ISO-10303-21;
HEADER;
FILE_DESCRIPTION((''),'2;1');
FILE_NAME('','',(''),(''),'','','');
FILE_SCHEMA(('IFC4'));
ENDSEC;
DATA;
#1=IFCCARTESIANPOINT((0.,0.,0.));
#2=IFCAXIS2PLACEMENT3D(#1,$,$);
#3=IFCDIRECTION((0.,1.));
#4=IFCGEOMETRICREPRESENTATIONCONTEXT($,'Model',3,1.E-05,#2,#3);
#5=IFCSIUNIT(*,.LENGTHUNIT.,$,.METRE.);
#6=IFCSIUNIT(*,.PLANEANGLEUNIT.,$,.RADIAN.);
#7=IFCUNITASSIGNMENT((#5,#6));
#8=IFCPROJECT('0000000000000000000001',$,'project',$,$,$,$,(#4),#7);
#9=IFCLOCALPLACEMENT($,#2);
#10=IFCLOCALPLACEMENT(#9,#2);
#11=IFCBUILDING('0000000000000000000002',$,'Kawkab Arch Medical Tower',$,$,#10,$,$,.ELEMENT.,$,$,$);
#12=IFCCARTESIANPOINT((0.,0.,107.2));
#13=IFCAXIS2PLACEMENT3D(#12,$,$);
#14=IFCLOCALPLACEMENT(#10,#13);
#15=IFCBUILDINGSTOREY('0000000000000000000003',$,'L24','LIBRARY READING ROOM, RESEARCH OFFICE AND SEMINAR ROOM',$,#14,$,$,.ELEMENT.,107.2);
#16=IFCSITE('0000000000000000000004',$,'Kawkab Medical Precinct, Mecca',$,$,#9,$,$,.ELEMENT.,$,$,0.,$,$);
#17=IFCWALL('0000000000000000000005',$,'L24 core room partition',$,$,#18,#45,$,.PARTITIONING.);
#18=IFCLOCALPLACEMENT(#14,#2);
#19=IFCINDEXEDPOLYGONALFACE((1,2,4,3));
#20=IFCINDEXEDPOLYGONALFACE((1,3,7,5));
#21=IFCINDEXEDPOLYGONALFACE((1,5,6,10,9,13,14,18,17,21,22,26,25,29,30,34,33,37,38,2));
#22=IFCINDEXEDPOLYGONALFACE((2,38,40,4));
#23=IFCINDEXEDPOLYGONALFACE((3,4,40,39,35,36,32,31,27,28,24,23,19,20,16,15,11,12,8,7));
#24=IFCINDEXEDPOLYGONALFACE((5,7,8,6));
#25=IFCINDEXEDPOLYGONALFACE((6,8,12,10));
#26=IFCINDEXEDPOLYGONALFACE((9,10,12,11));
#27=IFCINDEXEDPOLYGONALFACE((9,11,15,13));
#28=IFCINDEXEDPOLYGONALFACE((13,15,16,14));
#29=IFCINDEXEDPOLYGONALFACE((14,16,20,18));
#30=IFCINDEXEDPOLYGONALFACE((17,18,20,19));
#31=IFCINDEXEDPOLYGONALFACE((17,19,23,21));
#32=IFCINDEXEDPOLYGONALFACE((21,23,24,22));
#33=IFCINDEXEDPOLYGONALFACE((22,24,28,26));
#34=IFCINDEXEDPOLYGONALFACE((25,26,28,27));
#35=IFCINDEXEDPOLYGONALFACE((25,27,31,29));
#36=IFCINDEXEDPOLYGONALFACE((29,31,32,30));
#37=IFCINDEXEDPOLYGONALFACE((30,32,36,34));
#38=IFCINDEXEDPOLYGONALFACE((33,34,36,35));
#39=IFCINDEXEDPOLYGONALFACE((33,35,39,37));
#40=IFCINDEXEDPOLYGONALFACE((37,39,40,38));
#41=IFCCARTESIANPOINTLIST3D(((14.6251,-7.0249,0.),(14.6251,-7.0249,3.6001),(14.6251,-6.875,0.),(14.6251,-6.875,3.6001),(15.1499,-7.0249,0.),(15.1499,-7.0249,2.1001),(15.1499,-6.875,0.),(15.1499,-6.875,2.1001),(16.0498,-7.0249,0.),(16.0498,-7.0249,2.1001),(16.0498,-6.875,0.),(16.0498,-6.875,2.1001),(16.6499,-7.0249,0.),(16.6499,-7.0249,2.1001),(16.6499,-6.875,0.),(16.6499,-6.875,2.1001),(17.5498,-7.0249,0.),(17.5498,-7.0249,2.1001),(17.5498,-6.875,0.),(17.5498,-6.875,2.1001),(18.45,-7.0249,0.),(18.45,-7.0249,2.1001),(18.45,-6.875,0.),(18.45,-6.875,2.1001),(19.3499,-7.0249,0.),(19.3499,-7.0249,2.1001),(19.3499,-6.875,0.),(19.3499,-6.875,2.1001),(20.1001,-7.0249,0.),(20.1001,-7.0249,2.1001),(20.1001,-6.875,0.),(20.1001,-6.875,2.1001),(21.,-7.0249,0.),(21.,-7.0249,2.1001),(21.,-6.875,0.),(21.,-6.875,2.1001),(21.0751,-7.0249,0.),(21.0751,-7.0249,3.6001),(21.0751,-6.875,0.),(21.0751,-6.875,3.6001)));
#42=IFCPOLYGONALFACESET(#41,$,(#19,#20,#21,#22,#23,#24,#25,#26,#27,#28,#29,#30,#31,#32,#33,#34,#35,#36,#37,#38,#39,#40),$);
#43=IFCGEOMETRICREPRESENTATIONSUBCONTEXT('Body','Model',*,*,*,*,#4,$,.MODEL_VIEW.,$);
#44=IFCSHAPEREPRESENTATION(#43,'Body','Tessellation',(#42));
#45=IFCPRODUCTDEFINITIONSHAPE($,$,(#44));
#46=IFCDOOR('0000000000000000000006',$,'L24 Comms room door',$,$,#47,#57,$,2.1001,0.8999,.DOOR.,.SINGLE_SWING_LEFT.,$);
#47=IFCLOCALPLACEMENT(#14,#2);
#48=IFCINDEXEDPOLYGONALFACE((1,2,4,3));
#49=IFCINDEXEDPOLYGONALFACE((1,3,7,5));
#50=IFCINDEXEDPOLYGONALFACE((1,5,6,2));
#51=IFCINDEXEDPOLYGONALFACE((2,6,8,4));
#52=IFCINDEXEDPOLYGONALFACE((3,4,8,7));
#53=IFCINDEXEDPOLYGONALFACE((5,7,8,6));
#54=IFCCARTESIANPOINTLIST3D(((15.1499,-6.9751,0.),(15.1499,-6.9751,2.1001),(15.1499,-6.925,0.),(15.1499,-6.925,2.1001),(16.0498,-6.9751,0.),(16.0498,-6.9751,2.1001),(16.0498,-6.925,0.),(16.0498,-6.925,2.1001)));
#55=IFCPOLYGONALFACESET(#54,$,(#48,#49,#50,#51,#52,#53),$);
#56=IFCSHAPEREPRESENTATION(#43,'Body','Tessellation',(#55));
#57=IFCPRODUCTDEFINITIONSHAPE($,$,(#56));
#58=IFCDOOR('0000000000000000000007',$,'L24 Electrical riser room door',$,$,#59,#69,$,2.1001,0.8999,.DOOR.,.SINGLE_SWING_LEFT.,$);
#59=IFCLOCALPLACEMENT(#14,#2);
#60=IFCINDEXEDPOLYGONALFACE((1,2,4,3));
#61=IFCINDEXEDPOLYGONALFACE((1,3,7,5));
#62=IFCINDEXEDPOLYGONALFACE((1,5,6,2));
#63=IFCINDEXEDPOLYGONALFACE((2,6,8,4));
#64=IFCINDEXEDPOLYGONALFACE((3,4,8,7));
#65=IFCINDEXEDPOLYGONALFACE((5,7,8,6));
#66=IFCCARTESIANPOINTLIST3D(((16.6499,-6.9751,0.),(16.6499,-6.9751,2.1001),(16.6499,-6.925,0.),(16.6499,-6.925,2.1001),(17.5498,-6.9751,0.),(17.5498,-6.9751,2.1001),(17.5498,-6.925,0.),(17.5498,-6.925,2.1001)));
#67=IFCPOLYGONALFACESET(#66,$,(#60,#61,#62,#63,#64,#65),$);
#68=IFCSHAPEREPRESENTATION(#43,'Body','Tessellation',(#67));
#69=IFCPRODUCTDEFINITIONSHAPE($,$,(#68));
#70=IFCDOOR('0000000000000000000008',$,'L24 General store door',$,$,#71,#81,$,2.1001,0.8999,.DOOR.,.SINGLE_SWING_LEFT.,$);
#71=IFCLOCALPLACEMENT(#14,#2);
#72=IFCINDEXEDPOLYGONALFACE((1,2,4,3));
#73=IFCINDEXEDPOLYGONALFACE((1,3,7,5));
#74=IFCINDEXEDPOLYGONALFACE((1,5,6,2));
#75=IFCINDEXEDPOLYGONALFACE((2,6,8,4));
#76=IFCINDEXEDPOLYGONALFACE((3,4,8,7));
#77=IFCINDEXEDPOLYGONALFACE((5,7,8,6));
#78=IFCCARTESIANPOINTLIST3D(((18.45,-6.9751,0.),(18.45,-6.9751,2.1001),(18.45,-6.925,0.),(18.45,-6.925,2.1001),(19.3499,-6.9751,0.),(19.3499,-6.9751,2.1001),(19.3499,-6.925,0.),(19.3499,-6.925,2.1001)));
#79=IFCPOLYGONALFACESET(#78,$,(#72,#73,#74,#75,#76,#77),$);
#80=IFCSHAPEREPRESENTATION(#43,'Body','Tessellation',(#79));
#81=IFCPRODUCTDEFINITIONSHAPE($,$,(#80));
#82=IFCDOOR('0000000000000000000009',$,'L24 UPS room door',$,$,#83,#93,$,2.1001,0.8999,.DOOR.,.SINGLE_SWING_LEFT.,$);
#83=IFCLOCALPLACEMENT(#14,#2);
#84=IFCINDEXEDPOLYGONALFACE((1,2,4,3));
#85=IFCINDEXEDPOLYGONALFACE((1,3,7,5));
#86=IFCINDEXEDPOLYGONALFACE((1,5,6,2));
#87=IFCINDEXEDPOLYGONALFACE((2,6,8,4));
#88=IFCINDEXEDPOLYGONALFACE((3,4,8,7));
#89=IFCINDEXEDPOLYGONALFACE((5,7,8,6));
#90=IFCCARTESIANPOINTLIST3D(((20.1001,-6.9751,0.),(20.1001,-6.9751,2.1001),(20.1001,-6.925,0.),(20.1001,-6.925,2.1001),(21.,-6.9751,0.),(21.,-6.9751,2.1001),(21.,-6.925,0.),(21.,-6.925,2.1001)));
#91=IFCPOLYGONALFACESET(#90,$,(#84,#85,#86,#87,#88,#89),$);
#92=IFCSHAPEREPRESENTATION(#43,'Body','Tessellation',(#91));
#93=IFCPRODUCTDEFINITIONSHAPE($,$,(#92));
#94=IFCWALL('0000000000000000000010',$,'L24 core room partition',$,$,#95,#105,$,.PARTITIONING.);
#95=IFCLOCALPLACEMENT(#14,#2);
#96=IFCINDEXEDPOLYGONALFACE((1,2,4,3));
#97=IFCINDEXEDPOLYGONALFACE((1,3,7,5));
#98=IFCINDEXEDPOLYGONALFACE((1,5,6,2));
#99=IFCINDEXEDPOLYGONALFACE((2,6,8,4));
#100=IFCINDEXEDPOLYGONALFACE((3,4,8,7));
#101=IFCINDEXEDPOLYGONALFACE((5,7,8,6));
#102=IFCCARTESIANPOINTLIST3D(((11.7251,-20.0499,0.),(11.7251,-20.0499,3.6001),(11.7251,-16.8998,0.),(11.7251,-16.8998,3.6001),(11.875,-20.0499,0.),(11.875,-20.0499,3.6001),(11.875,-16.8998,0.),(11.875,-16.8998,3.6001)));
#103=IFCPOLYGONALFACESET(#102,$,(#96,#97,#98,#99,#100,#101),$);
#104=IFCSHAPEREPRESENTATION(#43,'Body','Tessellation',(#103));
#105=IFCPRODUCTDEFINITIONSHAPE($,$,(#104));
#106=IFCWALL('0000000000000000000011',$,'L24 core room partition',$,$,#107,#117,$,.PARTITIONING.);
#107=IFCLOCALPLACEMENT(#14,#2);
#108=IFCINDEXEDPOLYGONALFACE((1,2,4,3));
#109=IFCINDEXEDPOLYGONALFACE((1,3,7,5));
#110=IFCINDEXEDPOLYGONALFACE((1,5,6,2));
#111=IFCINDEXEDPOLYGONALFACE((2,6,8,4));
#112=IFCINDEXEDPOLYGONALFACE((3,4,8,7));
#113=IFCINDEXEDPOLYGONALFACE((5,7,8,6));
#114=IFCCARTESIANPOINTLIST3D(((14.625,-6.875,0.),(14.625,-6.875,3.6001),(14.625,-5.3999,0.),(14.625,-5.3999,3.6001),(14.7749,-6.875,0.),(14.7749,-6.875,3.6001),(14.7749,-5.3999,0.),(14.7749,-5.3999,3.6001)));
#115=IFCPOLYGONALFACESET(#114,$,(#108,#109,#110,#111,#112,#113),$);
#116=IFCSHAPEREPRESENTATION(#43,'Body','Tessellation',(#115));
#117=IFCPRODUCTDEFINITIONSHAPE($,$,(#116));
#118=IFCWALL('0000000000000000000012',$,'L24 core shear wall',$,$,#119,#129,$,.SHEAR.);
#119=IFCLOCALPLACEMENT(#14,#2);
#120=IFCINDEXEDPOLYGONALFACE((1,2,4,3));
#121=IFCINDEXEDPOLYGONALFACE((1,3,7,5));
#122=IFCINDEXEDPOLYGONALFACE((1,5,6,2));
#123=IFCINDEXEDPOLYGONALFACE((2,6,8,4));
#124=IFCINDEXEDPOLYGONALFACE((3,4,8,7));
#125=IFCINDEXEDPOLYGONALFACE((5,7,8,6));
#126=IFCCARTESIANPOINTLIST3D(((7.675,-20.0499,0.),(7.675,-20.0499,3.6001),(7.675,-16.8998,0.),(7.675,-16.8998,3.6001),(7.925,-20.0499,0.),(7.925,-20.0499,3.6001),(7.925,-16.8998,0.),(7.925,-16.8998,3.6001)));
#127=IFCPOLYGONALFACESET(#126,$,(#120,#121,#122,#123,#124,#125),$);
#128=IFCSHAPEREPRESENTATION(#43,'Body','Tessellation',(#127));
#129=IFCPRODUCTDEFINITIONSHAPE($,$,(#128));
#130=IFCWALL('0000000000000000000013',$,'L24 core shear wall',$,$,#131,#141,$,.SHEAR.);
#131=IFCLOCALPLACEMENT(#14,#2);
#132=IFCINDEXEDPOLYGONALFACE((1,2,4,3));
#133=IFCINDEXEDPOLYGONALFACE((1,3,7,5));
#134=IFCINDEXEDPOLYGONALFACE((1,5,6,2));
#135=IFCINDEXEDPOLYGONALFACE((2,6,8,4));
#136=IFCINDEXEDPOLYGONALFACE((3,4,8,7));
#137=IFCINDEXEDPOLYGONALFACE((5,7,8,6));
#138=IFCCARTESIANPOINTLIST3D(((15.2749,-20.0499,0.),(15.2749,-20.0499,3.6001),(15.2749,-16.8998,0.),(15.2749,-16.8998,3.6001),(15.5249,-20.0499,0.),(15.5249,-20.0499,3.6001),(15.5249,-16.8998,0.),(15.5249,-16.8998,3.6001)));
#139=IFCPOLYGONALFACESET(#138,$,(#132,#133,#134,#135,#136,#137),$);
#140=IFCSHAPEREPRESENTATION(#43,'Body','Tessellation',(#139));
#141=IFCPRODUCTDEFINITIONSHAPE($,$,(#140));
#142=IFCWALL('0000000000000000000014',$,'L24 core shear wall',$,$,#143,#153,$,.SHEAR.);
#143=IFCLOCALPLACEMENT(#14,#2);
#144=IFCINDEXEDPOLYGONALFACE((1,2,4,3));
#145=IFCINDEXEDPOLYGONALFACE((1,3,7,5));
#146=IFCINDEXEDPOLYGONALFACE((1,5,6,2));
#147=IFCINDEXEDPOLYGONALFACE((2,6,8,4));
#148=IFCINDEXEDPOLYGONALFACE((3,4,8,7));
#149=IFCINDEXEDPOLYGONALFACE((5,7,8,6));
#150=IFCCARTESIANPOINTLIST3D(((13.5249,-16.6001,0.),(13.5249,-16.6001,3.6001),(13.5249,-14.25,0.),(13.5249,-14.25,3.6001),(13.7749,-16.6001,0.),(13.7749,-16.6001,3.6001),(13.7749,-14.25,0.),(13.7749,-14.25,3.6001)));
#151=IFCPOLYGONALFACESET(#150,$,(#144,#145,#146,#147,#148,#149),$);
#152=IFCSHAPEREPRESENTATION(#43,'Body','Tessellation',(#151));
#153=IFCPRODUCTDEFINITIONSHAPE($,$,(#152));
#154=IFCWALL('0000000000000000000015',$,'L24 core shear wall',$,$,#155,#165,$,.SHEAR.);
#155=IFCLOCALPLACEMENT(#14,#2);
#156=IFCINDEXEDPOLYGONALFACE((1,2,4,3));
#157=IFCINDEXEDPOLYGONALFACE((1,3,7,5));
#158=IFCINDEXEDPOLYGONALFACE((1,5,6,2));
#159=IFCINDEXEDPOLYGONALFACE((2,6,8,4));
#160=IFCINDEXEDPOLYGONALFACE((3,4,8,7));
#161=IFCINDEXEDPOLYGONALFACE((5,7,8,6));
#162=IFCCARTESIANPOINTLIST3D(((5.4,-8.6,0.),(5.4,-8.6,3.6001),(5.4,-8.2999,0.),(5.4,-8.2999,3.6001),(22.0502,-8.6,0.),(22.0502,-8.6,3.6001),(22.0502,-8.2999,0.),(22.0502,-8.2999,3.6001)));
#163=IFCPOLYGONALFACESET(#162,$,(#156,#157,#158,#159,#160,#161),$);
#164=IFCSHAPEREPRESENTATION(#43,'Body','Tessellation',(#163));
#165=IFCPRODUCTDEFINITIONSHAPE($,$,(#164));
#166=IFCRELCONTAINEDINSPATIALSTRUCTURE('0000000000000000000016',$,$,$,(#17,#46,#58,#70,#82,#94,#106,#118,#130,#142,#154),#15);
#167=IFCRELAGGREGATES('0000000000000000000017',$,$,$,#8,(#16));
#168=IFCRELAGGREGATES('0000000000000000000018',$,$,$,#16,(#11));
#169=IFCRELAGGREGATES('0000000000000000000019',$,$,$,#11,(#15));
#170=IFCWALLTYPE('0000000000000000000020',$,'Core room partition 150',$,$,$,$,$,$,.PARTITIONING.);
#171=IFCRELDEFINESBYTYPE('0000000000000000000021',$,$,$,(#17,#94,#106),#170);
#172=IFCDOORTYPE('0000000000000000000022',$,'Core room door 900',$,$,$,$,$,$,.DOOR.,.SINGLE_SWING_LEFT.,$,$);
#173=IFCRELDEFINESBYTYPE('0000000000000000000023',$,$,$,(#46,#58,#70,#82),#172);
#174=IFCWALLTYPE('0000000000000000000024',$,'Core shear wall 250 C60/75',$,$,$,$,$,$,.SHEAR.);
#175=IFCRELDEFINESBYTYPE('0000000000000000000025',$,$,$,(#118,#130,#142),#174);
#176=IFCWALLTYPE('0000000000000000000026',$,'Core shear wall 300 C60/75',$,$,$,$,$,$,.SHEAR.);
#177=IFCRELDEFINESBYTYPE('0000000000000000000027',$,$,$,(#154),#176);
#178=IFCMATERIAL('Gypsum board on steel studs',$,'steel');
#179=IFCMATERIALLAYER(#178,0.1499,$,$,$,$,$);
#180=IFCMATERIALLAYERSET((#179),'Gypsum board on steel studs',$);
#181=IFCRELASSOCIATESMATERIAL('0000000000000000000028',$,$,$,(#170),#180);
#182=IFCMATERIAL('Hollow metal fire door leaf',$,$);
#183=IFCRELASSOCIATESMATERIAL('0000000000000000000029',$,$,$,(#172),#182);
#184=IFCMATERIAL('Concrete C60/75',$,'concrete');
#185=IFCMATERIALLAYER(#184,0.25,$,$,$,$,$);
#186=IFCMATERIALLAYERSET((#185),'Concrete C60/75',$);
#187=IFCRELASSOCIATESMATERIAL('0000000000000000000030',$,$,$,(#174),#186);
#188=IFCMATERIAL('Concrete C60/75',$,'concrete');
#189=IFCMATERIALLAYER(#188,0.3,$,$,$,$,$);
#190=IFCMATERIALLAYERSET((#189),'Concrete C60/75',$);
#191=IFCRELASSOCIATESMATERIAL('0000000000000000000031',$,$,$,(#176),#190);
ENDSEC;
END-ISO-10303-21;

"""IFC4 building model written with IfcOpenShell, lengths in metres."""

from ifc_helpers import new_model, si_unit, direction, frame, frame_2d, origin, place, context, subcontext, project, spatial, rectangle, extrude, material, layer, layer_set, type_object, element, fill, save


model = new_model("IFC4")

# Units and contexts
model_context = context("Model", 3, precision=1e-05, world=origin(), true_north=direction((0.0, 1.0)))
body_context = subcontext(model_context, "Body", "Model", "MODEL_VIEW")
ifc_project = project(units=[si_unit("LENGTHUNIT", "METRE"), si_unit("PLANEANGLEUNIT", "RADIAN")], contexts=[model_context])

# Site, building, storey
site_placement = place(None, origin())
site = spatial("IfcSite", under=ifc_project, at=site_placement, Name="Kawkab Medical Precinct, Mecca", CompositionType="ELEMENT", RefElevation=0.0)
building_placement = place(site_placement, origin())
building = spatial("IfcBuilding", under=site, at=building_placement, Name="Kawkab Arch Medical Tower", CompositionType="ELEMENT")
storey_placement = place(building_placement, frame((0.0, 0.0, 107.2)))
storey = spatial("IfcBuildingStorey", under=building, at=storey_placement, Name="L24", Description="LIBRARY READING ROOM, RESEARCH OFFICE AND SEMINAR ROOM", CompositionType="ELEMENT", Elevation=107.2)

# Wall, openings, doors
ifc_material_1 = material(Name="Gypsum board on steel studs", Category="steel")
ifc_layer_1 = layer(ifc_material_1, 0.1499)
ifc_layer_set_1 = layer_set([ifc_layer_1], Name="Gypsum board on steel studs")
wall_type_1 = type_object("IfcWallType", Name="Core room partition 150", PredefinedType="PARTITIONING", material=ifc_layer_set_1)
wall_1_placement = place(storey_placement, frame((14.625, -6.95, 0.0), z_axis=(0.0, 0.0, 1.0), x_axis=(1.0, 0.0, 0.0)))
wall_1 = element("IfcWall", 1, at=wall_1_placement, inside=storey, type_object=wall_type_1, Name="L24 core room partition", PredefinedType="PARTITIONING", context=body_context, shape_type="SweptSolid", body=[
    extrude(rectangle(XDim=6.45, YDim=0.1499, at=frame_2d((3.2251, 0.0))), origin(), (0.0, 0.0, 1.0), 3.6001),
])
opening_1_placement = place(wall_1_placement, frame((0.5249, 0.0, 0.0)))
opening_1 = element("IfcOpeningElement", 2, at=opening_1_placement, cuts=wall_1, PredefinedType="OPENING", context=body_context, shape_type="SweptSolid", body=[
    extrude(rectangle(XDim=0.8999, YDim=2.1001, at=frame_2d((0.45, 1.05))), frame((0.0, 0.085, 0.0), z_axis=(0.0, -1.0, 0.0), x_axis=(1.0, 0.0, 0.0)), (0.0, 0.0, 1.0), 0.1699),
])
opening_2_placement = place(wall_1_placement, frame((2.0249, 0.0, 0.0)))
opening_2 = element("IfcOpeningElement", 3, at=opening_2_placement, cuts=wall_1, PredefinedType="OPENING", context=body_context, shape_type="SweptSolid", body=[
    extrude(rectangle(XDim=0.8999, YDim=2.1001, at=frame_2d((0.45, 1.05))), frame((0.0, 0.085, 0.0), z_axis=(0.0, -1.0, 0.0), x_axis=(1.0, 0.0, 0.0)), (0.0, 0.0, 1.0), 0.1699),
])
opening_3_placement = place(wall_1_placement, frame((3.825, 0.0, 0.0)))
opening_3 = element("IfcOpeningElement", 4, at=opening_3_placement, cuts=wall_1, PredefinedType="OPENING", context=body_context, shape_type="SweptSolid", body=[
    extrude(rectangle(XDim=0.8999, YDim=2.1001, at=frame_2d((0.45, 1.05))), frame((0.0, 0.085, 0.0), z_axis=(0.0, -1.0, 0.0), x_axis=(1.0, 0.0, 0.0)), (0.0, 0.0, 1.0), 0.1699),
])
opening_4_placement = place(wall_1_placement, frame((5.4751, 0.0, 0.0)))
opening_4 = element("IfcOpeningElement", 5, at=opening_4_placement, cuts=wall_1, PredefinedType="OPENING", context=body_context, shape_type="SweptSolid", body=[
    extrude(rectangle(XDim=0.8999, YDim=2.1001, at=frame_2d((0.45, 1.05))), frame((0.0, 0.085, 0.0), z_axis=(0.0, -1.0, 0.0), x_axis=(1.0, 0.0, 0.0)), (0.0, 0.0, 1.0), 0.1699),
])
ifc_material_2 = material(Name="Hollow metal fire door leaf")
door_type_1 = type_object("IfcDoorType", Name="Core room door 900", OperationType="SINGLE_SWING_LEFT", PredefinedType="DOOR", material=ifc_material_2)
door_1_placement = place(opening_1_placement, origin())
door_1 = element("IfcDoor", 6, at=door_1_placement, inside=storey, type_object=door_type_1, Name="L24 Comms room door", OperationType="SINGLE_SWING_LEFT", OverallHeight=2.1001, OverallWidth=0.8999, PredefinedType="DOOR", context=body_context, shape_type="SweptSolid", body=[
    extrude(rectangle(XDim=0.8999, YDim=2.1001, at=frame_2d((0.45, 1.05))), frame((0.0, 0.0249, 0.0), z_axis=(0.0, -1.0, 0.0), x_axis=(1.0, 0.0, 0.0)), (0.0, 0.0, 1.0), 0.05),
])
fill(opening_1, door_1)
door_2_placement = place(opening_2_placement, origin())
door_2 = element("IfcDoor", 7, at=door_2_placement, inside=storey, type_object=door_type_1, Name="L24 Electrical riser room door", OperationType="SINGLE_SWING_LEFT", OverallHeight=2.1001, OverallWidth=0.8999, PredefinedType="DOOR", context=body_context, shape_type="SweptSolid", body=[
    extrude(rectangle(XDim=0.8999, YDim=2.1001, at=frame_2d((0.45, 1.05))), frame((0.0, 0.0249, 0.0), z_axis=(0.0, -1.0, 0.0), x_axis=(1.0, 0.0, 0.0)), (0.0, 0.0, 1.0), 0.05),
])
fill(opening_2, door_2)
door_3_placement = place(opening_3_placement, origin())
door_3 = element("IfcDoor", 8, at=door_3_placement, inside=storey, type_object=door_type_1, Name="L24 General store door", OperationType="SINGLE_SWING_LEFT", OverallHeight=2.1001, OverallWidth=0.8999, PredefinedType="DOOR", context=body_context, shape_type="SweptSolid", body=[
    extrude(rectangle(XDim=0.8999, YDim=2.1001, at=frame_2d((0.45, 1.05))), frame((0.0, 0.0249, 0.0), z_axis=(0.0, -1.0, 0.0), x_axis=(1.0, 0.0, 0.0)), (0.0, 0.0, 1.0), 0.05),
])
fill(opening_3, door_3)
door_4_placement = place(opening_4_placement, origin())
door_4 = element("IfcDoor", 9, at=door_4_placement, inside=storey, type_object=door_type_1, Name="L24 UPS room door", OperationType="SINGLE_SWING_LEFT", OverallHeight=2.1001, OverallWidth=0.8999, PredefinedType="DOOR", context=body_context, shape_type="SweptSolid", body=[
    extrude(rectangle(XDim=0.8999, YDim=2.1001, at=frame_2d((0.45, 1.05))), frame((0.0, 0.0249, 0.0), z_axis=(0.0, -1.0, 0.0), x_axis=(1.0, 0.0, 0.0)), (0.0, 0.0, 1.0), 0.05),
])
fill(opening_4, door_4)

# Walls
wall_2_placement = place(storey_placement, frame((11.8, -20.05, 0.0), z_axis=(0.0, 0.0, 1.0), x_axis=(0.0, 1.0, 0.0)))
element("IfcWall", 10, at=wall_2_placement, inside=storey, type_object=wall_type_1, Name="L24 core room partition", PredefinedType="PARTITIONING", context=body_context, shape_type="SweptSolid", body=[
    extrude(rectangle(XDim=3.1501, YDim=0.1499, at=frame_2d((1.5752, 0.0))), origin(), (0.0, 0.0, 1.0), 3.6001),
])
wall_3_placement = place(storey_placement, frame((14.7, -6.875, 0.0), z_axis=(0.0, 0.0, 1.0), x_axis=(0.0, 1.0, 0.0)))
element("IfcWall", 11, at=wall_3_placement, inside=storey, type_object=wall_type_1, Name="L24 core room partition", PredefinedType="PARTITIONING", context=body_context, shape_type="SweptSolid", body=[
    extrude(rectangle(XDim=1.4751, YDim=0.1499, at=frame_2d((0.7375, 0.0))), origin(), (0.0, 0.0, 1.0), 3.6001),
])
ifc_material_3 = material(Name="Concrete C60/75", Category="concrete")
ifc_layer_2 = layer(ifc_material_3, 0.25)
ifc_layer_set_2 = layer_set([ifc_layer_2], Name="Concrete C60/75")
wall_type_2 = type_object("IfcWallType", Name="Core shear wall 250 C60/75", PredefinedType="SHEAR", material=ifc_layer_set_2)
for number, where, z_axis, x_axis, name in (
    (12, (7.8, -20.05, 0.0), (0.0, 0.0, 1.0), (0.0, 1.0, 0.0), "L24 core shear wall"),
    (13, (15.3999, -20.05, 0.0), (0.0, 0.0, 1.0), (0.0, 1.0, 0.0), "L24 core shear wall"),
):
    element("IfcWall", number, at=place(storey_placement, frame(where, z_axis=z_axis, x_axis=x_axis)), inside=storey, type_object=wall_type_2, Name=name, PredefinedType="SHEAR", context=body_context, shape_type="SweptSolid", body=[
        extrude(rectangle(XDim=3.1501, YDim=0.25, at=frame_2d((1.5752, 0.0))), origin(), (0.0, 0.0, 1.0), 3.6001),
    ])
wall_4_placement = place(storey_placement, frame((13.6499, -16.6001, 0.0), z_axis=(0.0, 0.0, 1.0), x_axis=(0.0, 1.0, 0.0)))
element("IfcWall", 14, at=wall_4_placement, inside=storey, type_object=wall_type_2, Name="L24 core shear wall", PredefinedType="SHEAR", context=body_context, shape_type="SweptSolid", body=[
    extrude(rectangle(XDim=2.3501, YDim=0.25, at=frame_2d((1.175, 0.0))), origin(), (0.0, 0.0, 1.0), 3.6001),
])
ifc_material_4 = material(Name="Concrete C60/75", Category="concrete")
ifc_layer_3 = layer(ifc_material_4, 0.3)
ifc_layer_set_3 = layer_set([ifc_layer_3], Name="Concrete C60/75")
wall_type_3 = type_object("IfcWallType", Name="Core shear wall 300 C60/75", PredefinedType="SHEAR", material=ifc_layer_set_3)
wall_5_placement = place(storey_placement, frame((5.3999, -8.45, 0.0), z_axis=(0.0, 0.0, 1.0), x_axis=(1.0, 0.0, 0.0)))
element("IfcWall", 15, at=wall_5_placement, inside=storey, type_object=wall_type_3, Name="L24 core shear wall", PredefinedType="SHEAR", context=body_context, shape_type="SweptSolid", body=[
    extrude(rectangle(XDim=16.6501, YDim=0.3, at=frame_2d((8.3252, 0.0))), origin(), (0.0, 0.0, 1.0), 3.6001),
])

save(model, "model.ifc")
